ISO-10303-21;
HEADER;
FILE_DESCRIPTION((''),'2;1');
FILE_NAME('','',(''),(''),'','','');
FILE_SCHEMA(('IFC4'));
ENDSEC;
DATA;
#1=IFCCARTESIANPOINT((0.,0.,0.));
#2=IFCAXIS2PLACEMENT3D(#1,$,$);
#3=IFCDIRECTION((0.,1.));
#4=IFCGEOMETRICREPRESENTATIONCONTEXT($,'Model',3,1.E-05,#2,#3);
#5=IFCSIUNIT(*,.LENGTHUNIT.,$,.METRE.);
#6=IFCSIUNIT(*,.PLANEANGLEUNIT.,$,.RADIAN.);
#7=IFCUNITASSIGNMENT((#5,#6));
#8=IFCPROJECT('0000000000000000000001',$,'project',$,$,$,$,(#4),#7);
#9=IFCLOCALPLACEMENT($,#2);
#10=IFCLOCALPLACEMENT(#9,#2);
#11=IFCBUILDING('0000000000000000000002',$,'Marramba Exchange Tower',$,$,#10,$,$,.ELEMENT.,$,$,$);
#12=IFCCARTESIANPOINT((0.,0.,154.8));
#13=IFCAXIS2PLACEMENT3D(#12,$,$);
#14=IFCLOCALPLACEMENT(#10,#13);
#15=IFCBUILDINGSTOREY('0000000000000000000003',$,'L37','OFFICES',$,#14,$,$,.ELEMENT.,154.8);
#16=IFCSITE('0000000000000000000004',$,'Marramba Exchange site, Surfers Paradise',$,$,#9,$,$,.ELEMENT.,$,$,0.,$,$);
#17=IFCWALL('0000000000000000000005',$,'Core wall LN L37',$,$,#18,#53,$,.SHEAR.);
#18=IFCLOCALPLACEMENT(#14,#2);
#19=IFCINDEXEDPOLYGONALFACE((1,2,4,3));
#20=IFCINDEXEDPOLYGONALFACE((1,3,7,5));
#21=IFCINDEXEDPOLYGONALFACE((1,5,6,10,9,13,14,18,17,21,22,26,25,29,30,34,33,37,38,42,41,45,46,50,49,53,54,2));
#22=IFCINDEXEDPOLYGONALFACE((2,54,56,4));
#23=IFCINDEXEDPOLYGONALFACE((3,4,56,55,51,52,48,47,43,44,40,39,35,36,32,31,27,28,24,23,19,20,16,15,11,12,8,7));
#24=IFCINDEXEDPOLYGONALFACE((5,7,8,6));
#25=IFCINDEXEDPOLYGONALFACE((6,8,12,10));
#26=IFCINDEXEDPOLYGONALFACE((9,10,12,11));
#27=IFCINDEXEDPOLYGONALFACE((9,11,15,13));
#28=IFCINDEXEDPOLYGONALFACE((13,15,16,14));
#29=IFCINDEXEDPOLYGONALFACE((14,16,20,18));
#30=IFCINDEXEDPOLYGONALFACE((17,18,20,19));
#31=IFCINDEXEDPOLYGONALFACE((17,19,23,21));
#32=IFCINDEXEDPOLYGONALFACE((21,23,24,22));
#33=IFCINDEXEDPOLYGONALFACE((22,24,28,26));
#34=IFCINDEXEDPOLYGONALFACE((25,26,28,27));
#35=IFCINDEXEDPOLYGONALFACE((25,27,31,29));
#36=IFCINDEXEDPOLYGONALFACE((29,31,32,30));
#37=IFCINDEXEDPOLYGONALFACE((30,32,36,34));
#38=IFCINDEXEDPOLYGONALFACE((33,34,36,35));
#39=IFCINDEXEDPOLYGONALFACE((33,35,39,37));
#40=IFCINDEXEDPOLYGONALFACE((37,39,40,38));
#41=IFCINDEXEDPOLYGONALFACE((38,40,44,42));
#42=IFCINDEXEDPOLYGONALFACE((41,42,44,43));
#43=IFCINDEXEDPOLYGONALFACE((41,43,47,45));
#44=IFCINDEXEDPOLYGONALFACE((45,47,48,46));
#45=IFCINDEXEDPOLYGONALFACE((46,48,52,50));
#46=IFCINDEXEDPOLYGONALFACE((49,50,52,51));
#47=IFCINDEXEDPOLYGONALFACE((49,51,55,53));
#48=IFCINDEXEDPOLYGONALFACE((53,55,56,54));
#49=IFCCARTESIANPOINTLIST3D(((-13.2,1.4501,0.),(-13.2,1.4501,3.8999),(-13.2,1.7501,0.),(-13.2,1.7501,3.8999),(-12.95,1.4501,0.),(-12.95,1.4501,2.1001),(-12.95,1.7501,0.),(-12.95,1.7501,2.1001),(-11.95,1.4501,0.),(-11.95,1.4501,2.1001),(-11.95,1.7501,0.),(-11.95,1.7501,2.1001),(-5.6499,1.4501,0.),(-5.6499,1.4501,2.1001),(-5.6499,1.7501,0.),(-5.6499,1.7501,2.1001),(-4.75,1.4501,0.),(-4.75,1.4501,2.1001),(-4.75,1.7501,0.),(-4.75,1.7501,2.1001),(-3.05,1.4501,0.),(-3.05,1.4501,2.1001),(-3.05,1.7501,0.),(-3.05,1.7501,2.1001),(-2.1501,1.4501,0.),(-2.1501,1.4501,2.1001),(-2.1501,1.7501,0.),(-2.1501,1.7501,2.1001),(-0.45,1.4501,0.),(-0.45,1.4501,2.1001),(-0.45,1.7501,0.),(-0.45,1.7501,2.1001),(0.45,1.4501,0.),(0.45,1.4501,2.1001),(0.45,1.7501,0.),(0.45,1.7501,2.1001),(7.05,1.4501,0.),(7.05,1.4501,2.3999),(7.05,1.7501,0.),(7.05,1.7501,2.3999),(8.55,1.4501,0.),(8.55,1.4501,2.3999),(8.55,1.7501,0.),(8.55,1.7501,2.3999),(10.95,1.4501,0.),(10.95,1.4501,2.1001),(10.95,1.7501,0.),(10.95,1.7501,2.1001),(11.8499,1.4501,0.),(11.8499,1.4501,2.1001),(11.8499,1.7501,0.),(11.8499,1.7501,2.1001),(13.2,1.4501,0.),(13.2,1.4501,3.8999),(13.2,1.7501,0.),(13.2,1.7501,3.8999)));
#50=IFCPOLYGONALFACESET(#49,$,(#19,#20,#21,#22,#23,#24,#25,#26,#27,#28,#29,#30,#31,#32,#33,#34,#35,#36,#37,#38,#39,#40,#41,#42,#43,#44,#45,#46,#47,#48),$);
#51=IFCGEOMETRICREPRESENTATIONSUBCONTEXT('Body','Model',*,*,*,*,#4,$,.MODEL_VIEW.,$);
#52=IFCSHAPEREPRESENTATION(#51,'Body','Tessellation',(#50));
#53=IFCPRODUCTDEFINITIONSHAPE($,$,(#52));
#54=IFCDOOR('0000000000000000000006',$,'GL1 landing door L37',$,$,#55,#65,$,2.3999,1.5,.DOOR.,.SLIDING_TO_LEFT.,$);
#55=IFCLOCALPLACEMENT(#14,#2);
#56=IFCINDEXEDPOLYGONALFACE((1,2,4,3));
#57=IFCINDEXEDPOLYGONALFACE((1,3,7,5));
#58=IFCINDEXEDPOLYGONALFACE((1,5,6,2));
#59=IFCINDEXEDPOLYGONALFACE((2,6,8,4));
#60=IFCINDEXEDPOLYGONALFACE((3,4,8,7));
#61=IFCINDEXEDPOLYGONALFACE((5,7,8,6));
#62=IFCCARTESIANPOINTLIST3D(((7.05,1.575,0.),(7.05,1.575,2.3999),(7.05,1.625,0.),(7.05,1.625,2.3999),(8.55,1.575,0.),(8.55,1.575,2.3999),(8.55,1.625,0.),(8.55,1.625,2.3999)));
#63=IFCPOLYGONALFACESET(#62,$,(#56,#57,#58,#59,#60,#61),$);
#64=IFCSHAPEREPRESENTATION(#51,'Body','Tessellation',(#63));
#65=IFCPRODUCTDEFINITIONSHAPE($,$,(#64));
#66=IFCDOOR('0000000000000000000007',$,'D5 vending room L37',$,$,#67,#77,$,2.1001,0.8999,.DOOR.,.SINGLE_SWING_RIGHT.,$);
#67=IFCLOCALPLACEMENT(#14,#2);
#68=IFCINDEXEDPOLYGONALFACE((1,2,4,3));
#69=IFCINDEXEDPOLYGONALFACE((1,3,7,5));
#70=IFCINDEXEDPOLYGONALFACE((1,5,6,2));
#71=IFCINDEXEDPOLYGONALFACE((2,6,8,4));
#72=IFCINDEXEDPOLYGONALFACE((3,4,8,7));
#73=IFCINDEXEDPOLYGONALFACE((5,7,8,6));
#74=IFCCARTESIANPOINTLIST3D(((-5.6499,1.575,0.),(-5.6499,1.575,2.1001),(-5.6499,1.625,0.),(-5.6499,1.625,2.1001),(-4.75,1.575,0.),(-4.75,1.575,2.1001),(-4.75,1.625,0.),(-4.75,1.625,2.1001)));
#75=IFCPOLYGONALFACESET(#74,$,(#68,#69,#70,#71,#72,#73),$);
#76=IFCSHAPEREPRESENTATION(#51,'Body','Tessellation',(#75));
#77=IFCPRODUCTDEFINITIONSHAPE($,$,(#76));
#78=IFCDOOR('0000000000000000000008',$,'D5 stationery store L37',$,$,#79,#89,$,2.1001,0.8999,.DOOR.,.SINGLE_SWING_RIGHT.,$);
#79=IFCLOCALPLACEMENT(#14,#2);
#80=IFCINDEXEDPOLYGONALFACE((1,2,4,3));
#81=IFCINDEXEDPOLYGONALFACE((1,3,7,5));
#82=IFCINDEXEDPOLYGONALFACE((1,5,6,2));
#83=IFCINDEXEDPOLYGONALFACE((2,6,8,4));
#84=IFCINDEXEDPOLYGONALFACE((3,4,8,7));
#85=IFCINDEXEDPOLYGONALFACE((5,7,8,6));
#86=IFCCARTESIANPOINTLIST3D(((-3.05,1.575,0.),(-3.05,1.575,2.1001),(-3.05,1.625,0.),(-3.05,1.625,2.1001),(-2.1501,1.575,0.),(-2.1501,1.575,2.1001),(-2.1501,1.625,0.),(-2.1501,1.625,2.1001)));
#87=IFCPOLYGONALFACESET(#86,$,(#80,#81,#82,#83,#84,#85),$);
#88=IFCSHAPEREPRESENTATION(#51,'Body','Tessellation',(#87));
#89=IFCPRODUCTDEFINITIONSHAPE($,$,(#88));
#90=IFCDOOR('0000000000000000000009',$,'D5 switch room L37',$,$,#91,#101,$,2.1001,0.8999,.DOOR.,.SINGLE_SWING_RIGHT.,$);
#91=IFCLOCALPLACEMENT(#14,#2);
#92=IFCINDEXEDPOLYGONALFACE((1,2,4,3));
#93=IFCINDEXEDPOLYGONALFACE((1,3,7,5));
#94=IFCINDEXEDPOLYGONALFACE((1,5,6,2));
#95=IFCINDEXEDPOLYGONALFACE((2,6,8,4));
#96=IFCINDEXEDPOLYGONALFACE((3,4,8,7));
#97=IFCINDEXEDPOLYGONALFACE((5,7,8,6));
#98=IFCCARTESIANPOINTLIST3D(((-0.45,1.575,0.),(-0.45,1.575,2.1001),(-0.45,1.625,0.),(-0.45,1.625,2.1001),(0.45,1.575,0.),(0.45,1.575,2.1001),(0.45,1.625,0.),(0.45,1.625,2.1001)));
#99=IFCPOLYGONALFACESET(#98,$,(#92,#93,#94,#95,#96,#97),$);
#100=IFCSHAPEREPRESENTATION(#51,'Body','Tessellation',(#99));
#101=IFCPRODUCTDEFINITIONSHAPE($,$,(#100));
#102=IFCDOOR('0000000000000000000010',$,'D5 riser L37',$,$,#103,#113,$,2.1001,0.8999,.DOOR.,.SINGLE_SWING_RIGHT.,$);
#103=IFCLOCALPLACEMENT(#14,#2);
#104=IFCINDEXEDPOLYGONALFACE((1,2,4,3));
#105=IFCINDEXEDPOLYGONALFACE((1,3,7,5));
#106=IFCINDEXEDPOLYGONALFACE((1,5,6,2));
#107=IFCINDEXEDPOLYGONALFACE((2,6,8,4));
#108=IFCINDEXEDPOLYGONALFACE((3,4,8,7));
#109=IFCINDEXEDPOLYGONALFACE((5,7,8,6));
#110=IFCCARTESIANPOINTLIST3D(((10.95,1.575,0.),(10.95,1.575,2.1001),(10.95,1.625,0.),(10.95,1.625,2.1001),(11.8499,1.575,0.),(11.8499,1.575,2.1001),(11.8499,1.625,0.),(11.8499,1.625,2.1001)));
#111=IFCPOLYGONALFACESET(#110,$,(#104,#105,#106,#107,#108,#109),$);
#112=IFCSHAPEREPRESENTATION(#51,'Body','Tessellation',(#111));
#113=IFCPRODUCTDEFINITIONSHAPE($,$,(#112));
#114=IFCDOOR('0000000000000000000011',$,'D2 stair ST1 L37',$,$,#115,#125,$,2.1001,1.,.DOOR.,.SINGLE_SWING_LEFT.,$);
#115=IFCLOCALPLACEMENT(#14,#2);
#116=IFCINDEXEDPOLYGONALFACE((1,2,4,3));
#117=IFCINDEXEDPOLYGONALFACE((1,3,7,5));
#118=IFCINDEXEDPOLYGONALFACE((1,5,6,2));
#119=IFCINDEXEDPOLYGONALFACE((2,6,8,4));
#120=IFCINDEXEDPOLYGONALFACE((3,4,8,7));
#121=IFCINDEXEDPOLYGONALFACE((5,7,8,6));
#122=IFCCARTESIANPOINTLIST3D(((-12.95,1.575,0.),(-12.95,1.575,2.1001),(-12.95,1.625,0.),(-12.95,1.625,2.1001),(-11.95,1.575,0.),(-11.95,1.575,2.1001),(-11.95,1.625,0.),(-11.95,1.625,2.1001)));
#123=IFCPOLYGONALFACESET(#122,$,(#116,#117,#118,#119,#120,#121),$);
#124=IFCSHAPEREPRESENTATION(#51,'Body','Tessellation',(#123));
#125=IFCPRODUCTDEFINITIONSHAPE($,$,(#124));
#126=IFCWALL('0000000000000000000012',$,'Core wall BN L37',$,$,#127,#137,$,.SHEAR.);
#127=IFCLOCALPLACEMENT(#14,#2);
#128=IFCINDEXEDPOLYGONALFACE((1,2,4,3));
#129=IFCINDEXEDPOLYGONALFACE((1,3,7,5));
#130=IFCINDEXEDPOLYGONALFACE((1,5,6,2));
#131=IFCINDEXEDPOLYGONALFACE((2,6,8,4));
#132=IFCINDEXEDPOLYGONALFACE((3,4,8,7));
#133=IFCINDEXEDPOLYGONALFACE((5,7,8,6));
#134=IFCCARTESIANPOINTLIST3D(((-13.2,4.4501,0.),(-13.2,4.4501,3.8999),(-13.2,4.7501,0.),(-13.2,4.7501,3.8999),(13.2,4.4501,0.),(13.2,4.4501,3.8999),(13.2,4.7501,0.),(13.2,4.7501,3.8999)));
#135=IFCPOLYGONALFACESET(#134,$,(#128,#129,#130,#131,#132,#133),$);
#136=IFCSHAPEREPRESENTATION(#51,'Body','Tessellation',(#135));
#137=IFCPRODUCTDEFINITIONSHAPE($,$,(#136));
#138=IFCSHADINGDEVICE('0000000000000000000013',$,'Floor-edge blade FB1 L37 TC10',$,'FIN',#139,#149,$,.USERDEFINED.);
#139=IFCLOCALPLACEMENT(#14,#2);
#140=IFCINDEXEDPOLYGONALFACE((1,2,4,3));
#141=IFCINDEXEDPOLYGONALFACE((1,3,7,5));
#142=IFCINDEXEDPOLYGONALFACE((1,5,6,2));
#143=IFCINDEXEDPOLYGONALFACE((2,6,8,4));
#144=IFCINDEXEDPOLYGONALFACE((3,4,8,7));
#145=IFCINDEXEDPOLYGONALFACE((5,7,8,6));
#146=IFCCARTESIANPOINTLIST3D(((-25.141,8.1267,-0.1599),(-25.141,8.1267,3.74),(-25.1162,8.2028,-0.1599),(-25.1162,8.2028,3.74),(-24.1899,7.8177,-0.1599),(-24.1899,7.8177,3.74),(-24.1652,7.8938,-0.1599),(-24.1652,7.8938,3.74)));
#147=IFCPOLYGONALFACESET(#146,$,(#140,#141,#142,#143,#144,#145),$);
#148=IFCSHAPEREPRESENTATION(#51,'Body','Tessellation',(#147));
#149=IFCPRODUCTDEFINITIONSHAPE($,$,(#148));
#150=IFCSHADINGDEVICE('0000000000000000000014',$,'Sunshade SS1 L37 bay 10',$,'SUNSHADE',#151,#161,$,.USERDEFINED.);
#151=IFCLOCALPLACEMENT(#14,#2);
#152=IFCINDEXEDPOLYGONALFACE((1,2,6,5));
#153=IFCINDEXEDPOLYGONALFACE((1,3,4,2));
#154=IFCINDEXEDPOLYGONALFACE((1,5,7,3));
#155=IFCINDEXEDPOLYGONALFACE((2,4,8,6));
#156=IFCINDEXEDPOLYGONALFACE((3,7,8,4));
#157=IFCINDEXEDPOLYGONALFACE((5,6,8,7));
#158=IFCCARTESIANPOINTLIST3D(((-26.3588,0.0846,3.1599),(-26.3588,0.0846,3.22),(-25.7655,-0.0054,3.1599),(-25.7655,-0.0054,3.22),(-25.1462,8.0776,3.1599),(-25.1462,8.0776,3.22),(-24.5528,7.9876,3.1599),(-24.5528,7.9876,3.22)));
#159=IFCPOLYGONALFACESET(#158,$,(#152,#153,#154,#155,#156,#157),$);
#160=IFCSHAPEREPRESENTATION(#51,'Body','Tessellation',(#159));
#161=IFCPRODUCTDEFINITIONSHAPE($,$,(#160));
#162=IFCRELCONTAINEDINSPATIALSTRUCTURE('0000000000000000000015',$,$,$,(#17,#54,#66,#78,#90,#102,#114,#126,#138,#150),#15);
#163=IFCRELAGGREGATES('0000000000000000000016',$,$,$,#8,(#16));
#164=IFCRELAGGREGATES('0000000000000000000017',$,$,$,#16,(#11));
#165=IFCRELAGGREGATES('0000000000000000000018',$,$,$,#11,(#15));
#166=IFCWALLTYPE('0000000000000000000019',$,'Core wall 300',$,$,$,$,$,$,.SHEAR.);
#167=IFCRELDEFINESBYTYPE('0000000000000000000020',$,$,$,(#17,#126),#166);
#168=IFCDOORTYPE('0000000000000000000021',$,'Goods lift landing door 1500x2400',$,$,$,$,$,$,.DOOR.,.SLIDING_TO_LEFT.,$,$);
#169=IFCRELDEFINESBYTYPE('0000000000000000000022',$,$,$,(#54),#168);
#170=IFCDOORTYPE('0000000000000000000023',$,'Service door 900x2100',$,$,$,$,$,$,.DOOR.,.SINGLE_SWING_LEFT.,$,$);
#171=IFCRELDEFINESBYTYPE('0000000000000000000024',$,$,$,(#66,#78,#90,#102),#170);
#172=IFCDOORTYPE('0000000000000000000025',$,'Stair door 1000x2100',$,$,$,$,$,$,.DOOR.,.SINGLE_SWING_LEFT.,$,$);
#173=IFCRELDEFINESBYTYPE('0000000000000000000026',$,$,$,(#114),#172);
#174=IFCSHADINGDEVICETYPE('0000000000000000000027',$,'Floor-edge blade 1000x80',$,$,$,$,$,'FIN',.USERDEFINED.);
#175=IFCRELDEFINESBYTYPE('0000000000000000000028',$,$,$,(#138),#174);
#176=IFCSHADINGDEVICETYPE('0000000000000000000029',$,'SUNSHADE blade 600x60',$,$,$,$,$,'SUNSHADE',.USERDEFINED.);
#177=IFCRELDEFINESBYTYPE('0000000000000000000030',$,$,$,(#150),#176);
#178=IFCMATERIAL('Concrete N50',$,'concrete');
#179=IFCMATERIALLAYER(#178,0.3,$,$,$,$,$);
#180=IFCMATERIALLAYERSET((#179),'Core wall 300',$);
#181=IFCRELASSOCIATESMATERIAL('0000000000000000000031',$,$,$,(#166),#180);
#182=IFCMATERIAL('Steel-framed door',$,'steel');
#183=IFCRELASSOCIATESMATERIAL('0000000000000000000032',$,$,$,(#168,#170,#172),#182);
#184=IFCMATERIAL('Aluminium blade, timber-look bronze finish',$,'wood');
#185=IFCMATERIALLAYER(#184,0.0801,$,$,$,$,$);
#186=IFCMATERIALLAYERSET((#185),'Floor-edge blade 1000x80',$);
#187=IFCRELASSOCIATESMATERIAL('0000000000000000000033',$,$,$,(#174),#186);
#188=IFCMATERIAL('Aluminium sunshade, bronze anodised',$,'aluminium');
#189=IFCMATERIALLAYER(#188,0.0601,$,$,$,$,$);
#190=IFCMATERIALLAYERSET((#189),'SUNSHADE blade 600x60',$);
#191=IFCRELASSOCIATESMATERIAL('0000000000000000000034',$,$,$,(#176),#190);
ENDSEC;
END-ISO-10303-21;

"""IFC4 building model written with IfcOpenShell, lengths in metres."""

from ifc_helpers import new_model, si_unit, direction, frame, frame_2d, origin, origin_2d, place, context, subcontext, project, spatial, rectangle, extrude, material, layer, layer_set, type_object, element, fill, save


model = new_model("IFC4")

# Units and contexts
model_context = context("Model", 3, precision=1e-05, world=origin(), true_north=direction((0.0, 1.0)))
body_context = subcontext(model_context, "Body", "Model", "MODEL_VIEW")
ifc_project = project(units=[si_unit("LENGTHUNIT", "METRE"), si_unit("PLANEANGLEUNIT", "RADIAN")], contexts=[model_context])

# Site, building, storey
site_placement = place(None, origin())
site = spatial("IfcSite", under=ifc_project, at=site_placement, Name="Marramba Exchange site, Surfers Paradise", CompositionType="ELEMENT", RefElevation=0.0)
building_placement = place(site_placement, origin())
building = spatial("IfcBuilding", under=site, at=building_placement, Name="Marramba Exchange Tower", CompositionType="ELEMENT")
storey_placement = place(building_placement, frame((0.0, 0.0, 154.8)))
storey = spatial("IfcBuildingStorey", under=building, at=storey_placement, Name="L37", Description="OFFICES", CompositionType="ELEMENT", Elevation=154.8)

# Shared definitions
ifc_material_1 = material(Name="Concrete N50", Category="concrete")

# Shared definitions
ifc_material_2 = material(Name="Steel-framed door", Category="steel")

# Wall, openings, doors
ifc_layer_1 = layer(ifc_material_1, 0.3)
ifc_layer_set_1 = layer_set([ifc_layer_1], Name="Core wall 300")
wall_type_1 = type_object("IfcWallType", Name="Core wall 300", PredefinedType="SHEAR", material=ifc_layer_set_1)
wall_1_placement = place(storey_placement, frame((-13.2, 1.6001, 0.0), z_axis=(0.0, 0.0, 1.0), x_axis=(1.0, 0.0, 0.0)))
wall_1 = element("IfcWall", 1, at=wall_1_placement, inside=storey, type_object=wall_type_1, Name="Core wall LN L37", PredefinedType="SHEAR", context=body_context, shape_type="SweptSolid", body=[
    extrude(rectangle(XDim=26.3999, YDim=0.3, at=frame_2d((13.2, 0.0))), origin(), (0.0, 0.0, 1.0), 3.8999),
])
opening_1_placement = place(wall_1_placement, frame((0.25, 0.0, 0.0)))
opening_1 = element("IfcOpeningElement", 2, at=opening_1_placement, cuts=wall_1, PredefinedType="OPENING", context=body_context, shape_type="SweptSolid", body=[
    extrude(rectangle(XDim=1.0, YDim=2.1001, at=frame_2d((0.5, 1.05))), frame((0.0, 0.1599, 0.0), z_axis=(0.0, -1.0, 0.0), x_axis=(1.0, 0.0, 0.0)), (0.0, 0.0, 1.0), 0.3201),
])
opening_2_placement = place(wall_1_placement, frame((20.25, 0.0, 0.0)))
opening_2 = element("IfcOpeningElement", 3, at=opening_2_placement, cuts=wall_1, PredefinedType="OPENING", context=body_context, shape_type="SweptSolid", body=[
    extrude(rectangle(XDim=1.5, YDim=2.3999, at=frame_2d((0.75, 1.2))), frame((0.0, 0.1599, 0.0), z_axis=(0.0, -1.0, 0.0), x_axis=(1.0, 0.0, 0.0)), (0.0, 0.0, 1.0), 0.3201),
])
opening_3_placement = place(wall_1_placement, frame((7.55, 0.0, 0.0)))
opening_3 = element("IfcOpeningElement", 4, at=opening_3_placement, cuts=wall_1, PredefinedType="OPENING", context=body_context, shape_type="SweptSolid", body=[
    extrude(rectangle(XDim=0.8999, YDim=2.1001, at=frame_2d((0.45, 1.05))), frame((0.0, 0.1599, 0.0), z_axis=(0.0, -1.0, 0.0), x_axis=(1.0, 0.0, 0.0)), (0.0, 0.0, 1.0), 0.3201),
])
opening_4_placement = place(wall_1_placement, frame((10.1499, 0.0, 0.0)))
opening_4 = element("IfcOpeningElement", 5, at=opening_4_placement, cuts=wall_1, PredefinedType="OPENING", context=body_context, shape_type="SweptSolid", body=[
    extrude(rectangle(XDim=0.8999, YDim=2.1001, at=frame_2d((0.45, 1.05))), frame((0.0, 0.1599, 0.0), z_axis=(0.0, -1.0, 0.0), x_axis=(1.0, 0.0, 0.0)), (0.0, 0.0, 1.0), 0.3201),
])
opening_5_placement = place(wall_1_placement, frame((12.75, 0.0, 0.0)))
opening_5 = element("IfcOpeningElement", 6, at=opening_5_placement, cuts=wall_1, PredefinedType="OPENING", context=body_context, shape_type="SweptSolid", body=[
    extrude(rectangle(XDim=0.8999, YDim=2.1001, at=frame_2d((0.45, 1.05))), frame((0.0, 0.1599, 0.0), z_axis=(0.0, -1.0, 0.0), x_axis=(1.0, 0.0, 0.0)), (0.0, 0.0, 1.0), 0.3201),
])
opening_6_placement = place(wall_1_placement, frame((24.1499, 0.0, 0.0)))
opening_6 = element("IfcOpeningElement", 7, at=opening_6_placement, cuts=wall_1, PredefinedType="OPENING", context=body_context, shape_type="SweptSolid", body=[
    extrude(rectangle(XDim=0.8999, YDim=2.1001, at=frame_2d((0.45, 1.05))), frame((0.0, 0.1599, 0.0), z_axis=(0.0, -1.0, 0.0), x_axis=(1.0, 0.0, 0.0)), (0.0, 0.0, 1.0), 0.3201),
])
door_type_1 = type_object("IfcDoorType", Name="Goods lift landing door 1500x2400", OperationType="SLIDING_TO_LEFT", PredefinedType="DOOR", material=ifc_material_2)
door_1_placement = place(opening_2_placement, origin())
door_1 = element("IfcDoor", 8, at=door_1_placement, inside=storey, type_object=door_type_1, Name="GL1 landing door L37", OperationType="SLIDING_TO_LEFT", OverallHeight=2.3999, OverallWidth=1.5, PredefinedType="DOOR", context=body_context, shape_type="SweptSolid", body=[
    extrude(rectangle(XDim=1.5, YDim=2.3999, at=frame_2d((0.75, 1.2))), frame((0.0, 0.0249, 0.0), z_axis=(0.0, -1.0, 0.0), x_axis=(1.0, 0.0, 0.0)), (0.0, 0.0, 1.0), 0.05),
])
fill(opening_2, door_1)
door_type_2 = type_object("IfcDoorType", Name="Service door 900x2100", OperationType="SINGLE_SWING_LEFT", PredefinedType="DOOR", material=ifc_material_2)
door_2_placement = place(opening_3_placement, origin())
door_2 = element("IfcDoor", 9, at=door_2_placement, inside=storey, type_object=door_type_2, Name="D5 vending room L37", OperationType="SINGLE_SWING_RIGHT", OverallHeight=2.1001, OverallWidth=0.8999, PredefinedType="DOOR", context=body_context, shape_type="SweptSolid", body=[
    extrude(rectangle(XDim=0.8999, YDim=2.1001, at=frame_2d((0.45, 1.05))), frame((0.0, 0.0249, 0.0), z_axis=(0.0, -1.0, 0.0), x_axis=(1.0, 0.0, 0.0)), (0.0, 0.0, 1.0), 0.05),
])
fill(opening_3, door_2)
door_3_placement = place(opening_4_placement, origin())
door_3 = element("IfcDoor", 10, at=door_3_placement, inside=storey, type_object=door_type_2, Name="D5 stationery store L37", OperationType="SINGLE_SWING_RIGHT", OverallHeight=2.1001, OverallWidth=0.8999, PredefinedType="DOOR", context=body_context, shape_type="SweptSolid", body=[
    extrude(rectangle(XDim=0.8999, YDim=2.1001, at=frame_2d((0.45, 1.05))), frame((0.0, 0.0249, 0.0), z_axis=(0.0, -1.0, 0.0), x_axis=(1.0, 0.0, 0.0)), (0.0, 0.0, 1.0), 0.05),
])
fill(opening_4, door_3)
door_4_placement = place(opening_5_placement, origin())
door_4 = element("IfcDoor", 11, at=door_4_placement, inside=storey, type_object=door_type_2, Name="D5 switch room L37", OperationType="SINGLE_SWING_RIGHT", OverallHeight=2.1001, OverallWidth=0.8999, PredefinedType="DOOR", context=body_context, shape_type="SweptSolid", body=[
    extrude(rectangle(XDim=0.8999, YDim=2.1001, at=frame_2d((0.45, 1.05))), frame((0.0, 0.0249, 0.0), z_axis=(0.0, -1.0, 0.0), x_axis=(1.0, 0.0, 0.0)), (0.0, 0.0, 1.0), 0.05),
])
fill(opening_5, door_4)
door_5_placement = place(opening_6_placement, origin())
door_5 = element("IfcDoor", 12, at=door_5_placement, inside=storey, type_object=door_type_2, Name="D5 riser L37", OperationType="SINGLE_SWING_RIGHT", OverallHeight=2.1001, OverallWidth=0.8999, PredefinedType="DOOR", context=body_context, shape_type="SweptSolid", body=[
    extrude(rectangle(XDim=0.8999, YDim=2.1001, at=frame_2d((0.45, 1.05))), frame((0.0, 0.0249, 0.0), z_axis=(0.0, -1.0, 0.0), x_axis=(1.0, 0.0, 0.0)), (0.0, 0.0, 1.0), 0.05),
])
fill(opening_6, door_5)
door_type_3 = type_object("IfcDoorType", Name="Stair door 1000x2100", OperationType="SINGLE_SWING_LEFT", PredefinedType="DOOR", material=ifc_material_2)
door_6_placement = place(opening_1_placement, origin())
door_6 = element("IfcDoor", 13, at=door_6_placement, inside=storey, type_object=door_type_3, Name="D2 stair ST1 L37", OperationType="SINGLE_SWING_LEFT", OverallHeight=2.1001, OverallWidth=1.0, PredefinedType="DOOR", context=body_context, shape_type="SweptSolid", body=[
    extrude(rectangle(XDim=1.0, YDim=2.1001, at=frame_2d((0.5, 1.05))), frame((0.0, 0.0249, 0.0), z_axis=(0.0, -1.0, 0.0), x_axis=(1.0, 0.0, 0.0)), (0.0, 0.0, 1.0), 0.05),
])
fill(opening_1, door_6)

# Wall
wall_2_placement = place(storey_placement, frame((-13.2, 4.6001, 0.0), z_axis=(0.0, 0.0, 1.0), x_axis=(1.0, 0.0, 0.0)))
element("IfcWall", 14, at=wall_2_placement, inside=storey, type_object=wall_type_1, Name="Core wall BN L37", PredefinedType="SHEAR", context=body_context, shape_type="SweptSolid", body=[
    extrude(rectangle(XDim=26.3999, YDim=0.3, at=frame_2d((13.2, 0.0))), origin(), (0.0, 0.0, 1.0), 3.8999),
])

# Shading devices
ifc_material_3 = material(Name="Aluminium blade, timber-look bronze finish", Category="wood")
ifc_layer_2 = layer(ifc_material_3, 0.0801)
ifc_layer_set_2 = layer_set([ifc_layer_2], Name="Floor-edge blade 1000x80")
shading_device_type_1 = type_object("IfcShadingDeviceType", Name="Floor-edge blade 1000x80", ElementType="FIN", PredefinedType="USERDEFINED", material=ifc_layer_set_2)
shading_device_1_placement = place(storey_placement, frame((-24.6531, 8.0103, -0.1599), z_axis=(0.0, 0.0, 1.0), x_axis=(-0.951057, 0.309017, 0.0)))
element("IfcShadingDevice", 15, at=shading_device_1_placement, inside=storey, type_object=shading_device_type_1, Name="Floor-edge blade FB1 L37 TC10", ObjectType="FIN", PredefinedType="USERDEFINED", context=body_context, shape_type="SweptSolid", body=[
    extrude(rectangle(XDim=1.0, YDim=0.0801, at=origin_2d()), origin(), (0.0, 0.0, 1.0), 3.8999),
])
ifc_material_4 = material(Name="Aluminium sunshade, bronze anodised", Category="aluminium")
ifc_layer_3 = layer(ifc_material_4, 0.0601)
ifc_layer_set_3 = layer_set([ifc_layer_3], Name="SUNSHADE blade 600x60")
shading_device_type_2 = type_object("IfcShadingDeviceType", Name="SUNSHADE blade 600x60", ElementType="SUNSHADE", PredefinedType="USERDEFINED", material=ifc_layer_set_3)
shading_device_2_placement = place(storey_placement, frame((-25.4558, 4.0361, 3.1599), z_axis=(0.0, 0.0, 1.0), x_axis=(-0.149993, -0.988687, 0.0)))
element("IfcShadingDevice", 16, at=shading_device_2_placement, inside=storey, type_object=shading_device_type_2, Name="Sunshade SS1 L37 bay 10", ObjectType="SUNSHADE", PredefinedType="USERDEFINED", context=body_context, shape_type="SweptSolid", body=[
    extrude(rectangle(XDim=8.0845, YDim=0.6001, at=origin_2d()), origin(), (0.0, 0.0, 1.0), 0.0601),
])

save(model, "model.ifc")
